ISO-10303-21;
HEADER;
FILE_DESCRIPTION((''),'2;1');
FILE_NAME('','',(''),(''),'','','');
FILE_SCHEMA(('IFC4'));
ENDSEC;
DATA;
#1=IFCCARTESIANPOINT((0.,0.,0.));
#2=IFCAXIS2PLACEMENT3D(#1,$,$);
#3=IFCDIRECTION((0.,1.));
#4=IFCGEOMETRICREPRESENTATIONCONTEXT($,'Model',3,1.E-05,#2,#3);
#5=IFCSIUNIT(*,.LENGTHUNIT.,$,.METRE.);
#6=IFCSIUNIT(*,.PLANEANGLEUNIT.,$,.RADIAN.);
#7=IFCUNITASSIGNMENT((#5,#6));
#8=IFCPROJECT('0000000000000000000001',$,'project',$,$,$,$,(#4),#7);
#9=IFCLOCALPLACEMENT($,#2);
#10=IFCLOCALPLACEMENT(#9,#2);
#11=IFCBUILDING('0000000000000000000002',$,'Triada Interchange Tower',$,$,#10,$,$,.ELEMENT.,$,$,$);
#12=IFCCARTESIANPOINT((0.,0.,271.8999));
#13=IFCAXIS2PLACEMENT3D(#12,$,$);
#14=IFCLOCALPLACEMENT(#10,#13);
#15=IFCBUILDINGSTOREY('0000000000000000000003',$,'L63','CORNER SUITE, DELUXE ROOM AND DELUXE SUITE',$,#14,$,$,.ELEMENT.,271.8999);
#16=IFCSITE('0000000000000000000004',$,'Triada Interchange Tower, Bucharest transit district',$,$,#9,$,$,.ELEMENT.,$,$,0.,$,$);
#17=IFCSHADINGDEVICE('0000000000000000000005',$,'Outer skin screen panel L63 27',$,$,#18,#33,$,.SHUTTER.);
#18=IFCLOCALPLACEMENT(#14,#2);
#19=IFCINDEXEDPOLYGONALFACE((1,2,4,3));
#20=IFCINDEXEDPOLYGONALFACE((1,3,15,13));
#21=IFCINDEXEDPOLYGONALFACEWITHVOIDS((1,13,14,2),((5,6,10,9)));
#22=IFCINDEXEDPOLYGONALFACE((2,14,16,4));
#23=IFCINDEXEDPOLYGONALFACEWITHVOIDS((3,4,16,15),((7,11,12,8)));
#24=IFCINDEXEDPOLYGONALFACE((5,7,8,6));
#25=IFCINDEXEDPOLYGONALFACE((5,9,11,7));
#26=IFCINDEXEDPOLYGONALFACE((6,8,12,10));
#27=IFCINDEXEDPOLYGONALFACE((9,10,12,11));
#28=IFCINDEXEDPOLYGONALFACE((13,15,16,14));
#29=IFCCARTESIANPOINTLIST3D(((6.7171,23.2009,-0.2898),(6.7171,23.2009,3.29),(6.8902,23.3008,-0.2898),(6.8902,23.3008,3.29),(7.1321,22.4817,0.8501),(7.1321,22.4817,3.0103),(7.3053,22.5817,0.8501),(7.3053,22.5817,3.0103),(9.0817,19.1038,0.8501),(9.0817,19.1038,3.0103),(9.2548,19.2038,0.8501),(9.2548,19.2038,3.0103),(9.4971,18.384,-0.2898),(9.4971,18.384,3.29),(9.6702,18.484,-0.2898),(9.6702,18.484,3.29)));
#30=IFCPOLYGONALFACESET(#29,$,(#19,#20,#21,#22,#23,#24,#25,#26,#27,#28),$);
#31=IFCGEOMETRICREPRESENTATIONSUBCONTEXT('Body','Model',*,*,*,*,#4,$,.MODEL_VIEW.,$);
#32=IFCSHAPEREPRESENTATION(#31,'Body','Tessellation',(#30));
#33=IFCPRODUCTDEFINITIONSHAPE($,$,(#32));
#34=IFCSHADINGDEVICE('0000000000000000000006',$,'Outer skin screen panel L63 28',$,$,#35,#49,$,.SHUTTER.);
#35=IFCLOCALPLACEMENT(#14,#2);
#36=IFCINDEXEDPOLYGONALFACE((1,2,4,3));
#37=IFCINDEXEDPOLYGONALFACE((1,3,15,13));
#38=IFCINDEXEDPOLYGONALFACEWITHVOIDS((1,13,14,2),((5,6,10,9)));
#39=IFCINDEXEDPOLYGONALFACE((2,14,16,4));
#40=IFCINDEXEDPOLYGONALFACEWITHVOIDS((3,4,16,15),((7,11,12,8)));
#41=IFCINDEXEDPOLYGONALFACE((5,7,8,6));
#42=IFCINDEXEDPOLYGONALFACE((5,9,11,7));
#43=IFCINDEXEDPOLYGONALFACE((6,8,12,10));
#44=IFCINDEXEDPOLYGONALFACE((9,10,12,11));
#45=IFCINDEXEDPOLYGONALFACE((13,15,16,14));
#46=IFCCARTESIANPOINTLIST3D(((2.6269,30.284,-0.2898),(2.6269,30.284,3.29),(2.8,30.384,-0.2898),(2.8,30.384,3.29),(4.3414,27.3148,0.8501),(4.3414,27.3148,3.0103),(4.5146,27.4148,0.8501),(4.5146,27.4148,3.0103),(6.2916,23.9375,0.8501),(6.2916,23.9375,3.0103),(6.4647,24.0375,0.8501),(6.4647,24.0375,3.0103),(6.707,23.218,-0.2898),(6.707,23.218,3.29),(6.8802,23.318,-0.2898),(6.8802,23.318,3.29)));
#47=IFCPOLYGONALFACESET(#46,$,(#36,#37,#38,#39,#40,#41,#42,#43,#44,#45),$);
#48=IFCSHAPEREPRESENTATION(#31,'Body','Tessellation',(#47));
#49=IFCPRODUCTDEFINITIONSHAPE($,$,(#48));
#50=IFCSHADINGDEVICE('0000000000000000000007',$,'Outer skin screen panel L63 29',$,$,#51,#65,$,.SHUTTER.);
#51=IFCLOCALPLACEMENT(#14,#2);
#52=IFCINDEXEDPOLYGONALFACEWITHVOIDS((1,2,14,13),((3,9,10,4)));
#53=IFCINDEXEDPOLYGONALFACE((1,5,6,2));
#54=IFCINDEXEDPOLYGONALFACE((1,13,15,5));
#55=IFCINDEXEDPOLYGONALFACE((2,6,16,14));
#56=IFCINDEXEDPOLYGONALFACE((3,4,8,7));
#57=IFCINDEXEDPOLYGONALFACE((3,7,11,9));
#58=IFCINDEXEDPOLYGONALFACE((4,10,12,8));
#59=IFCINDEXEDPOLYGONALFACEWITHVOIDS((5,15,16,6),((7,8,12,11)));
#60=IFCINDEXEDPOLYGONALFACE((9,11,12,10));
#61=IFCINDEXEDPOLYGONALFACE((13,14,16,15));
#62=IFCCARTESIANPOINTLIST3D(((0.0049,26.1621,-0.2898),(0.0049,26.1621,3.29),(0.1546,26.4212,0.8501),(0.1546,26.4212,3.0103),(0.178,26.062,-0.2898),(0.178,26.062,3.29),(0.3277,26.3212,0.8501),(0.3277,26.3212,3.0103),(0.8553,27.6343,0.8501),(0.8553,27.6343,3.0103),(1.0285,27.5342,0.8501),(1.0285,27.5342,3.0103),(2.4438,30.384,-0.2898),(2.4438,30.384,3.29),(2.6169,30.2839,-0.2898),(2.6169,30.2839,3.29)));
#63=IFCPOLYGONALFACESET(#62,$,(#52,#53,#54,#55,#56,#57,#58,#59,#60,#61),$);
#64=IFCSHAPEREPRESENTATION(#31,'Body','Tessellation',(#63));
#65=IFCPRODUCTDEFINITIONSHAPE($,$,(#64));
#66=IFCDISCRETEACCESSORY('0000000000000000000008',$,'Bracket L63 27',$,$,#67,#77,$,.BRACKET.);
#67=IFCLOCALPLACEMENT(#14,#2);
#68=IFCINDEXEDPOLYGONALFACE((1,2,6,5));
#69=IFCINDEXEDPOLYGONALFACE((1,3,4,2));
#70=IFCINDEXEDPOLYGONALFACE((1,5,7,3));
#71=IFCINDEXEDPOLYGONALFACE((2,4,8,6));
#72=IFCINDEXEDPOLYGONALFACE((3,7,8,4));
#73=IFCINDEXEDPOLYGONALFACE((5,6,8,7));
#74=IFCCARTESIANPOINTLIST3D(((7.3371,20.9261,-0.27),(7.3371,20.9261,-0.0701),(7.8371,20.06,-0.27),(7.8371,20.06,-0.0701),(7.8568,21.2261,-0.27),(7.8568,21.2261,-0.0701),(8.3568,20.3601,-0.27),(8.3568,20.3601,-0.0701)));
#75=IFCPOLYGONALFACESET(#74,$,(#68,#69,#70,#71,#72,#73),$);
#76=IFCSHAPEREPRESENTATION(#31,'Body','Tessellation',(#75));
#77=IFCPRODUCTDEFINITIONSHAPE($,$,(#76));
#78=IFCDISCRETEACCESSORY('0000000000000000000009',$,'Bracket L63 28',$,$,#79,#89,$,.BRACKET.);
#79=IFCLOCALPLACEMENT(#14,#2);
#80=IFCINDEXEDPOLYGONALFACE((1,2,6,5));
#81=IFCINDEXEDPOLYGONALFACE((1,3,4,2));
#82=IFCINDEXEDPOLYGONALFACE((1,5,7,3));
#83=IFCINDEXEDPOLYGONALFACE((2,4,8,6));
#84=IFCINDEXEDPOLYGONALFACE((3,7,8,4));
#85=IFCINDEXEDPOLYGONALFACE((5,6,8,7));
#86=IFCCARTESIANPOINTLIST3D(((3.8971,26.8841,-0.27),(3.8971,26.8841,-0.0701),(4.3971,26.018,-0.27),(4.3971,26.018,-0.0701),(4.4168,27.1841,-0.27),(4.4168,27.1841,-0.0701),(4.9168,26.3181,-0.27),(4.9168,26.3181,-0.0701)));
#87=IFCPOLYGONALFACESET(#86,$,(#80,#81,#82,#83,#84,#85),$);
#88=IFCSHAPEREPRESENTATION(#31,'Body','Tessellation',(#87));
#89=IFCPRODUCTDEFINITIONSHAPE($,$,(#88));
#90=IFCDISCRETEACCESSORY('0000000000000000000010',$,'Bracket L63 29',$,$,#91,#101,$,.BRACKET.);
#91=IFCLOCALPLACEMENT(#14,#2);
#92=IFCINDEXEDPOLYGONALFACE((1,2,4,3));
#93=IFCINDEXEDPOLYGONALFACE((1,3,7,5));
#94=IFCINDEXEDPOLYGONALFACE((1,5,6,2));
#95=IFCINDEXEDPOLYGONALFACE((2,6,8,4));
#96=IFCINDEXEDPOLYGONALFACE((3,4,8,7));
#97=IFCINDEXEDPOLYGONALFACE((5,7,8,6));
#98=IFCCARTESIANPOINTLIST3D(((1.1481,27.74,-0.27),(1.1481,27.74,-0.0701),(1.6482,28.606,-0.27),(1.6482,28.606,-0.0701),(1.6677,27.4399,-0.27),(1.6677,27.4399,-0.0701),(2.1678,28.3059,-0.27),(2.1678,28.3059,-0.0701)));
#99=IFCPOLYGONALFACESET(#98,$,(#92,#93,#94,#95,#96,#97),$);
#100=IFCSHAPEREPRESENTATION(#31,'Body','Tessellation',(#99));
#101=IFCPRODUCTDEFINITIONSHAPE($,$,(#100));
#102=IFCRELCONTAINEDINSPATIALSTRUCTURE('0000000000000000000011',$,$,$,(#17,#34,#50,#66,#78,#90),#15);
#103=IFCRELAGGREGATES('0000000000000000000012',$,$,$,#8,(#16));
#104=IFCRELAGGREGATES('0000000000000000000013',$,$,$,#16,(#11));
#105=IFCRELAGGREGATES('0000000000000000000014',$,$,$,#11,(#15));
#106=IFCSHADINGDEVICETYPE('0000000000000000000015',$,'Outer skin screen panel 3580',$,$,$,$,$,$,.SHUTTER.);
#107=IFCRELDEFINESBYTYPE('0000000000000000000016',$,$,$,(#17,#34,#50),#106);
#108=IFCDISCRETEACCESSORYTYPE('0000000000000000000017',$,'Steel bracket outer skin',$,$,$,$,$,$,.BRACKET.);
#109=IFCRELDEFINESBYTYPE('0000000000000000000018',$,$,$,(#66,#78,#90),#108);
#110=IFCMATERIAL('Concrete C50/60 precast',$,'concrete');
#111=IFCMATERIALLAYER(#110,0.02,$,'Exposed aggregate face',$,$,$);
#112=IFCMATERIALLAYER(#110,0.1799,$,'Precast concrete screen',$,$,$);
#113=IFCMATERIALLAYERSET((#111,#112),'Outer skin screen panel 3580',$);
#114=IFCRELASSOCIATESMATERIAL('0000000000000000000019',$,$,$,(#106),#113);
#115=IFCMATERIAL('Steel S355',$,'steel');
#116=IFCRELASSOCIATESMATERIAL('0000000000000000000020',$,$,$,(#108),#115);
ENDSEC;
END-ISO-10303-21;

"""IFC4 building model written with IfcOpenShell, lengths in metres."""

from ifc_helpers import new_model, si_unit, direction, frame, origin, origin_2d, place, context, subcontext, project, spatial, polyline, rectangle, outline, extrude, material, layer, layer_set, type_object, element, save


model = new_model("IFC4")

# Units and contexts
model_context = context("Model", 3, precision=1e-05, world=origin(), true_north=direction((0.0, 1.0)))
body_context = subcontext(model_context, "Body", "Model", "MODEL_VIEW")
ifc_project = project(units=[si_unit("LENGTHUNIT", "METRE"), si_unit("PLANEANGLEUNIT", "RADIAN")], contexts=[model_context])

# Site, building, storey
site_placement = place(None, origin())
site = spatial("IfcSite", under=ifc_project, at=site_placement, Name="Triada Interchange Tower, Bucharest transit district", CompositionType="ELEMENT", RefElevation=0.0)
building_placement = place(site_placement, origin())
building = spatial("IfcBuilding", under=site, at=building_placement, Name="Triada Interchange Tower", CompositionType="ELEMENT")
storey_placement = place(building_placement, frame((0.0, 0.0, 271.8999)))
storey = spatial("IfcBuildingStorey", under=building, at=storey_placement, Name="L63", Description="CORNER SUITE, DELUXE ROOM AND DELUXE SUITE", CompositionType="ELEMENT", Elevation=271.8999)

# Shading devices
ifc_material_1 = material(Name="Concrete C50/60 precast", Category="concrete")
ifc_layer_1 = layer(ifc_material_1, 0.02, Name="Exposed aggregate face")
ifc_layer_2 = layer(ifc_material_1, 0.1799, Name="Precast concrete screen")
ifc_layer_set_1 = layer_set([ifc_layer_1, ifc_layer_2], Name="Outer skin screen panel 3580")
shading_device_type = type_object("IfcShadingDeviceType", Name="Outer skin screen panel 3580", PredefinedType="SHUTTER", material=ifc_layer_set_1)
shading_device_1_placement = place(storey_placement, frame((9.4971, 18.384, -0.2898), z_axis=(0.0, 0.0, 1.0), x_axis=(-0.499864, 0.866104, 0.0)))
element("IfcShadingDevice", 1, at=shading_device_1_placement, inside=storey, type_object=shading_device_type, Name="Outer skin screen panel L63 27", PredefinedType="SHUTTER", context=body_context, shape_type="SweptSolid", body=[
    extrude(outline(polyline([(0.0, 0.0), (5.5615, 0.0), (5.5615, 3.5798), (0.0, 3.5798), (0.0, 0.0)]), holes=[polyline([(0.8311, 1.1399), (0.8311, 3.3), (4.7312, 3.3), (4.7312, 1.1399), (0.8311, 1.1399)])]), frame((0.0, 0.0, 0.0), z_axis=(0.0, -1.0, 0.0), x_axis=(1.0, 0.0, 0.0)), (0.0, 0.0, 1.0), 0.2),
])
shading_device_2_placement = place(storey_placement, frame((6.707, 23.218, -0.2898), z_axis=(0.0, 0.0, 1.0), x_axis=(-0.500052, 0.865995, 0.0)))
element("IfcShadingDevice", 2, at=shading_device_2_placement, inside=storey, type_object=shading_device_type, Name="Outer skin screen panel L63 28", PredefinedType="SHUTTER", context=body_context, shape_type="SweptSolid", body=[
    extrude(outline(polyline([(0.0, 0.0), (8.1594, 0.0), (8.1594, 3.5798), (0.0, 3.5798), (0.0, 0.0)]), holes=[polyline([(0.8308, 1.1399), (0.8308, 3.3), (4.7307, 3.3), (4.7307, 1.1399), (0.8308, 1.1399)])]), frame((0.0, 0.0, 0.0), z_axis=(0.0, -1.0, 0.0), x_axis=(1.0, 0.0, 0.0)), (0.0, 0.0, 1.0), 0.2),
])
shading_device_3_placement = place(storey_placement, frame((2.6169, 30.2839, -0.2898), z_axis=(0.0, 0.0, 1.0), x_axis=(-0.500221, -0.865898, 0.0)))
element("IfcShadingDevice", 3, at=shading_device_3_placement, inside=storey, type_object=shading_device_type, Name="Outer skin screen panel L63 29", PredefinedType="SHUTTER", context=body_context, shape_type="SweptSolid", body=[
    extrude(outline(polyline([(0.0, 0.0), (4.8757, 0.0), (4.8757, 3.5798), (0.0, 3.5798), (0.0, 0.0)]), holes=[polyline([(3.1755, 1.1399), (3.1755, 3.3), (4.5764, 3.3), (4.5764, 1.1399), (3.1755, 1.1399)])]), frame((0.0, 0.0, 0.0), z_axis=(0.0, -1.0, 0.0), x_axis=(1.0, 0.0, 0.0)), (0.0, 0.0, 1.0), 0.2),
])

# Discrete accessories
ifc_material_2 = material(Name="Steel S355", Category="steel")
discrete_accessory_type = type_object("IfcDiscreteAccessoryType", Name="Steel bracket outer skin", PredefinedType="BRACKET", material=ifc_material_2)
for number, where, z_axis, x_axis, name in (
    (4, (7.8469, 20.6431, -0.27), (0.0, 0.0, 1.0), (0.866029, 0.499994, 0.0), "Bracket L63 27"),
    (5, (4.407, 26.6011, -0.27), (0.0, 0.0, 1.0), (0.866029, 0.499994, 0.0), "Bracket L63 28"),
    (6, (1.658, 28.0229, -0.27), (0.0, 0.0, 1.0), (-0.865957, 0.500119, 0.0), "Bracket L63 29"),
):
    element("IfcDiscreteAccessory", number, at=place(storey_placement, frame(where, z_axis=z_axis, x_axis=x_axis)), inside=storey, type_object=discrete_accessory_type, Name=name, PredefinedType="BRACKET", context=body_context, shape_type="SweptSolid", body=[
        extrude(rectangle(XDim=0.6001, YDim=1.0, at=origin_2d()), origin(), (0.0, 0.0, 1.0), 0.2),
    ])

save(model, "model.ifc")
